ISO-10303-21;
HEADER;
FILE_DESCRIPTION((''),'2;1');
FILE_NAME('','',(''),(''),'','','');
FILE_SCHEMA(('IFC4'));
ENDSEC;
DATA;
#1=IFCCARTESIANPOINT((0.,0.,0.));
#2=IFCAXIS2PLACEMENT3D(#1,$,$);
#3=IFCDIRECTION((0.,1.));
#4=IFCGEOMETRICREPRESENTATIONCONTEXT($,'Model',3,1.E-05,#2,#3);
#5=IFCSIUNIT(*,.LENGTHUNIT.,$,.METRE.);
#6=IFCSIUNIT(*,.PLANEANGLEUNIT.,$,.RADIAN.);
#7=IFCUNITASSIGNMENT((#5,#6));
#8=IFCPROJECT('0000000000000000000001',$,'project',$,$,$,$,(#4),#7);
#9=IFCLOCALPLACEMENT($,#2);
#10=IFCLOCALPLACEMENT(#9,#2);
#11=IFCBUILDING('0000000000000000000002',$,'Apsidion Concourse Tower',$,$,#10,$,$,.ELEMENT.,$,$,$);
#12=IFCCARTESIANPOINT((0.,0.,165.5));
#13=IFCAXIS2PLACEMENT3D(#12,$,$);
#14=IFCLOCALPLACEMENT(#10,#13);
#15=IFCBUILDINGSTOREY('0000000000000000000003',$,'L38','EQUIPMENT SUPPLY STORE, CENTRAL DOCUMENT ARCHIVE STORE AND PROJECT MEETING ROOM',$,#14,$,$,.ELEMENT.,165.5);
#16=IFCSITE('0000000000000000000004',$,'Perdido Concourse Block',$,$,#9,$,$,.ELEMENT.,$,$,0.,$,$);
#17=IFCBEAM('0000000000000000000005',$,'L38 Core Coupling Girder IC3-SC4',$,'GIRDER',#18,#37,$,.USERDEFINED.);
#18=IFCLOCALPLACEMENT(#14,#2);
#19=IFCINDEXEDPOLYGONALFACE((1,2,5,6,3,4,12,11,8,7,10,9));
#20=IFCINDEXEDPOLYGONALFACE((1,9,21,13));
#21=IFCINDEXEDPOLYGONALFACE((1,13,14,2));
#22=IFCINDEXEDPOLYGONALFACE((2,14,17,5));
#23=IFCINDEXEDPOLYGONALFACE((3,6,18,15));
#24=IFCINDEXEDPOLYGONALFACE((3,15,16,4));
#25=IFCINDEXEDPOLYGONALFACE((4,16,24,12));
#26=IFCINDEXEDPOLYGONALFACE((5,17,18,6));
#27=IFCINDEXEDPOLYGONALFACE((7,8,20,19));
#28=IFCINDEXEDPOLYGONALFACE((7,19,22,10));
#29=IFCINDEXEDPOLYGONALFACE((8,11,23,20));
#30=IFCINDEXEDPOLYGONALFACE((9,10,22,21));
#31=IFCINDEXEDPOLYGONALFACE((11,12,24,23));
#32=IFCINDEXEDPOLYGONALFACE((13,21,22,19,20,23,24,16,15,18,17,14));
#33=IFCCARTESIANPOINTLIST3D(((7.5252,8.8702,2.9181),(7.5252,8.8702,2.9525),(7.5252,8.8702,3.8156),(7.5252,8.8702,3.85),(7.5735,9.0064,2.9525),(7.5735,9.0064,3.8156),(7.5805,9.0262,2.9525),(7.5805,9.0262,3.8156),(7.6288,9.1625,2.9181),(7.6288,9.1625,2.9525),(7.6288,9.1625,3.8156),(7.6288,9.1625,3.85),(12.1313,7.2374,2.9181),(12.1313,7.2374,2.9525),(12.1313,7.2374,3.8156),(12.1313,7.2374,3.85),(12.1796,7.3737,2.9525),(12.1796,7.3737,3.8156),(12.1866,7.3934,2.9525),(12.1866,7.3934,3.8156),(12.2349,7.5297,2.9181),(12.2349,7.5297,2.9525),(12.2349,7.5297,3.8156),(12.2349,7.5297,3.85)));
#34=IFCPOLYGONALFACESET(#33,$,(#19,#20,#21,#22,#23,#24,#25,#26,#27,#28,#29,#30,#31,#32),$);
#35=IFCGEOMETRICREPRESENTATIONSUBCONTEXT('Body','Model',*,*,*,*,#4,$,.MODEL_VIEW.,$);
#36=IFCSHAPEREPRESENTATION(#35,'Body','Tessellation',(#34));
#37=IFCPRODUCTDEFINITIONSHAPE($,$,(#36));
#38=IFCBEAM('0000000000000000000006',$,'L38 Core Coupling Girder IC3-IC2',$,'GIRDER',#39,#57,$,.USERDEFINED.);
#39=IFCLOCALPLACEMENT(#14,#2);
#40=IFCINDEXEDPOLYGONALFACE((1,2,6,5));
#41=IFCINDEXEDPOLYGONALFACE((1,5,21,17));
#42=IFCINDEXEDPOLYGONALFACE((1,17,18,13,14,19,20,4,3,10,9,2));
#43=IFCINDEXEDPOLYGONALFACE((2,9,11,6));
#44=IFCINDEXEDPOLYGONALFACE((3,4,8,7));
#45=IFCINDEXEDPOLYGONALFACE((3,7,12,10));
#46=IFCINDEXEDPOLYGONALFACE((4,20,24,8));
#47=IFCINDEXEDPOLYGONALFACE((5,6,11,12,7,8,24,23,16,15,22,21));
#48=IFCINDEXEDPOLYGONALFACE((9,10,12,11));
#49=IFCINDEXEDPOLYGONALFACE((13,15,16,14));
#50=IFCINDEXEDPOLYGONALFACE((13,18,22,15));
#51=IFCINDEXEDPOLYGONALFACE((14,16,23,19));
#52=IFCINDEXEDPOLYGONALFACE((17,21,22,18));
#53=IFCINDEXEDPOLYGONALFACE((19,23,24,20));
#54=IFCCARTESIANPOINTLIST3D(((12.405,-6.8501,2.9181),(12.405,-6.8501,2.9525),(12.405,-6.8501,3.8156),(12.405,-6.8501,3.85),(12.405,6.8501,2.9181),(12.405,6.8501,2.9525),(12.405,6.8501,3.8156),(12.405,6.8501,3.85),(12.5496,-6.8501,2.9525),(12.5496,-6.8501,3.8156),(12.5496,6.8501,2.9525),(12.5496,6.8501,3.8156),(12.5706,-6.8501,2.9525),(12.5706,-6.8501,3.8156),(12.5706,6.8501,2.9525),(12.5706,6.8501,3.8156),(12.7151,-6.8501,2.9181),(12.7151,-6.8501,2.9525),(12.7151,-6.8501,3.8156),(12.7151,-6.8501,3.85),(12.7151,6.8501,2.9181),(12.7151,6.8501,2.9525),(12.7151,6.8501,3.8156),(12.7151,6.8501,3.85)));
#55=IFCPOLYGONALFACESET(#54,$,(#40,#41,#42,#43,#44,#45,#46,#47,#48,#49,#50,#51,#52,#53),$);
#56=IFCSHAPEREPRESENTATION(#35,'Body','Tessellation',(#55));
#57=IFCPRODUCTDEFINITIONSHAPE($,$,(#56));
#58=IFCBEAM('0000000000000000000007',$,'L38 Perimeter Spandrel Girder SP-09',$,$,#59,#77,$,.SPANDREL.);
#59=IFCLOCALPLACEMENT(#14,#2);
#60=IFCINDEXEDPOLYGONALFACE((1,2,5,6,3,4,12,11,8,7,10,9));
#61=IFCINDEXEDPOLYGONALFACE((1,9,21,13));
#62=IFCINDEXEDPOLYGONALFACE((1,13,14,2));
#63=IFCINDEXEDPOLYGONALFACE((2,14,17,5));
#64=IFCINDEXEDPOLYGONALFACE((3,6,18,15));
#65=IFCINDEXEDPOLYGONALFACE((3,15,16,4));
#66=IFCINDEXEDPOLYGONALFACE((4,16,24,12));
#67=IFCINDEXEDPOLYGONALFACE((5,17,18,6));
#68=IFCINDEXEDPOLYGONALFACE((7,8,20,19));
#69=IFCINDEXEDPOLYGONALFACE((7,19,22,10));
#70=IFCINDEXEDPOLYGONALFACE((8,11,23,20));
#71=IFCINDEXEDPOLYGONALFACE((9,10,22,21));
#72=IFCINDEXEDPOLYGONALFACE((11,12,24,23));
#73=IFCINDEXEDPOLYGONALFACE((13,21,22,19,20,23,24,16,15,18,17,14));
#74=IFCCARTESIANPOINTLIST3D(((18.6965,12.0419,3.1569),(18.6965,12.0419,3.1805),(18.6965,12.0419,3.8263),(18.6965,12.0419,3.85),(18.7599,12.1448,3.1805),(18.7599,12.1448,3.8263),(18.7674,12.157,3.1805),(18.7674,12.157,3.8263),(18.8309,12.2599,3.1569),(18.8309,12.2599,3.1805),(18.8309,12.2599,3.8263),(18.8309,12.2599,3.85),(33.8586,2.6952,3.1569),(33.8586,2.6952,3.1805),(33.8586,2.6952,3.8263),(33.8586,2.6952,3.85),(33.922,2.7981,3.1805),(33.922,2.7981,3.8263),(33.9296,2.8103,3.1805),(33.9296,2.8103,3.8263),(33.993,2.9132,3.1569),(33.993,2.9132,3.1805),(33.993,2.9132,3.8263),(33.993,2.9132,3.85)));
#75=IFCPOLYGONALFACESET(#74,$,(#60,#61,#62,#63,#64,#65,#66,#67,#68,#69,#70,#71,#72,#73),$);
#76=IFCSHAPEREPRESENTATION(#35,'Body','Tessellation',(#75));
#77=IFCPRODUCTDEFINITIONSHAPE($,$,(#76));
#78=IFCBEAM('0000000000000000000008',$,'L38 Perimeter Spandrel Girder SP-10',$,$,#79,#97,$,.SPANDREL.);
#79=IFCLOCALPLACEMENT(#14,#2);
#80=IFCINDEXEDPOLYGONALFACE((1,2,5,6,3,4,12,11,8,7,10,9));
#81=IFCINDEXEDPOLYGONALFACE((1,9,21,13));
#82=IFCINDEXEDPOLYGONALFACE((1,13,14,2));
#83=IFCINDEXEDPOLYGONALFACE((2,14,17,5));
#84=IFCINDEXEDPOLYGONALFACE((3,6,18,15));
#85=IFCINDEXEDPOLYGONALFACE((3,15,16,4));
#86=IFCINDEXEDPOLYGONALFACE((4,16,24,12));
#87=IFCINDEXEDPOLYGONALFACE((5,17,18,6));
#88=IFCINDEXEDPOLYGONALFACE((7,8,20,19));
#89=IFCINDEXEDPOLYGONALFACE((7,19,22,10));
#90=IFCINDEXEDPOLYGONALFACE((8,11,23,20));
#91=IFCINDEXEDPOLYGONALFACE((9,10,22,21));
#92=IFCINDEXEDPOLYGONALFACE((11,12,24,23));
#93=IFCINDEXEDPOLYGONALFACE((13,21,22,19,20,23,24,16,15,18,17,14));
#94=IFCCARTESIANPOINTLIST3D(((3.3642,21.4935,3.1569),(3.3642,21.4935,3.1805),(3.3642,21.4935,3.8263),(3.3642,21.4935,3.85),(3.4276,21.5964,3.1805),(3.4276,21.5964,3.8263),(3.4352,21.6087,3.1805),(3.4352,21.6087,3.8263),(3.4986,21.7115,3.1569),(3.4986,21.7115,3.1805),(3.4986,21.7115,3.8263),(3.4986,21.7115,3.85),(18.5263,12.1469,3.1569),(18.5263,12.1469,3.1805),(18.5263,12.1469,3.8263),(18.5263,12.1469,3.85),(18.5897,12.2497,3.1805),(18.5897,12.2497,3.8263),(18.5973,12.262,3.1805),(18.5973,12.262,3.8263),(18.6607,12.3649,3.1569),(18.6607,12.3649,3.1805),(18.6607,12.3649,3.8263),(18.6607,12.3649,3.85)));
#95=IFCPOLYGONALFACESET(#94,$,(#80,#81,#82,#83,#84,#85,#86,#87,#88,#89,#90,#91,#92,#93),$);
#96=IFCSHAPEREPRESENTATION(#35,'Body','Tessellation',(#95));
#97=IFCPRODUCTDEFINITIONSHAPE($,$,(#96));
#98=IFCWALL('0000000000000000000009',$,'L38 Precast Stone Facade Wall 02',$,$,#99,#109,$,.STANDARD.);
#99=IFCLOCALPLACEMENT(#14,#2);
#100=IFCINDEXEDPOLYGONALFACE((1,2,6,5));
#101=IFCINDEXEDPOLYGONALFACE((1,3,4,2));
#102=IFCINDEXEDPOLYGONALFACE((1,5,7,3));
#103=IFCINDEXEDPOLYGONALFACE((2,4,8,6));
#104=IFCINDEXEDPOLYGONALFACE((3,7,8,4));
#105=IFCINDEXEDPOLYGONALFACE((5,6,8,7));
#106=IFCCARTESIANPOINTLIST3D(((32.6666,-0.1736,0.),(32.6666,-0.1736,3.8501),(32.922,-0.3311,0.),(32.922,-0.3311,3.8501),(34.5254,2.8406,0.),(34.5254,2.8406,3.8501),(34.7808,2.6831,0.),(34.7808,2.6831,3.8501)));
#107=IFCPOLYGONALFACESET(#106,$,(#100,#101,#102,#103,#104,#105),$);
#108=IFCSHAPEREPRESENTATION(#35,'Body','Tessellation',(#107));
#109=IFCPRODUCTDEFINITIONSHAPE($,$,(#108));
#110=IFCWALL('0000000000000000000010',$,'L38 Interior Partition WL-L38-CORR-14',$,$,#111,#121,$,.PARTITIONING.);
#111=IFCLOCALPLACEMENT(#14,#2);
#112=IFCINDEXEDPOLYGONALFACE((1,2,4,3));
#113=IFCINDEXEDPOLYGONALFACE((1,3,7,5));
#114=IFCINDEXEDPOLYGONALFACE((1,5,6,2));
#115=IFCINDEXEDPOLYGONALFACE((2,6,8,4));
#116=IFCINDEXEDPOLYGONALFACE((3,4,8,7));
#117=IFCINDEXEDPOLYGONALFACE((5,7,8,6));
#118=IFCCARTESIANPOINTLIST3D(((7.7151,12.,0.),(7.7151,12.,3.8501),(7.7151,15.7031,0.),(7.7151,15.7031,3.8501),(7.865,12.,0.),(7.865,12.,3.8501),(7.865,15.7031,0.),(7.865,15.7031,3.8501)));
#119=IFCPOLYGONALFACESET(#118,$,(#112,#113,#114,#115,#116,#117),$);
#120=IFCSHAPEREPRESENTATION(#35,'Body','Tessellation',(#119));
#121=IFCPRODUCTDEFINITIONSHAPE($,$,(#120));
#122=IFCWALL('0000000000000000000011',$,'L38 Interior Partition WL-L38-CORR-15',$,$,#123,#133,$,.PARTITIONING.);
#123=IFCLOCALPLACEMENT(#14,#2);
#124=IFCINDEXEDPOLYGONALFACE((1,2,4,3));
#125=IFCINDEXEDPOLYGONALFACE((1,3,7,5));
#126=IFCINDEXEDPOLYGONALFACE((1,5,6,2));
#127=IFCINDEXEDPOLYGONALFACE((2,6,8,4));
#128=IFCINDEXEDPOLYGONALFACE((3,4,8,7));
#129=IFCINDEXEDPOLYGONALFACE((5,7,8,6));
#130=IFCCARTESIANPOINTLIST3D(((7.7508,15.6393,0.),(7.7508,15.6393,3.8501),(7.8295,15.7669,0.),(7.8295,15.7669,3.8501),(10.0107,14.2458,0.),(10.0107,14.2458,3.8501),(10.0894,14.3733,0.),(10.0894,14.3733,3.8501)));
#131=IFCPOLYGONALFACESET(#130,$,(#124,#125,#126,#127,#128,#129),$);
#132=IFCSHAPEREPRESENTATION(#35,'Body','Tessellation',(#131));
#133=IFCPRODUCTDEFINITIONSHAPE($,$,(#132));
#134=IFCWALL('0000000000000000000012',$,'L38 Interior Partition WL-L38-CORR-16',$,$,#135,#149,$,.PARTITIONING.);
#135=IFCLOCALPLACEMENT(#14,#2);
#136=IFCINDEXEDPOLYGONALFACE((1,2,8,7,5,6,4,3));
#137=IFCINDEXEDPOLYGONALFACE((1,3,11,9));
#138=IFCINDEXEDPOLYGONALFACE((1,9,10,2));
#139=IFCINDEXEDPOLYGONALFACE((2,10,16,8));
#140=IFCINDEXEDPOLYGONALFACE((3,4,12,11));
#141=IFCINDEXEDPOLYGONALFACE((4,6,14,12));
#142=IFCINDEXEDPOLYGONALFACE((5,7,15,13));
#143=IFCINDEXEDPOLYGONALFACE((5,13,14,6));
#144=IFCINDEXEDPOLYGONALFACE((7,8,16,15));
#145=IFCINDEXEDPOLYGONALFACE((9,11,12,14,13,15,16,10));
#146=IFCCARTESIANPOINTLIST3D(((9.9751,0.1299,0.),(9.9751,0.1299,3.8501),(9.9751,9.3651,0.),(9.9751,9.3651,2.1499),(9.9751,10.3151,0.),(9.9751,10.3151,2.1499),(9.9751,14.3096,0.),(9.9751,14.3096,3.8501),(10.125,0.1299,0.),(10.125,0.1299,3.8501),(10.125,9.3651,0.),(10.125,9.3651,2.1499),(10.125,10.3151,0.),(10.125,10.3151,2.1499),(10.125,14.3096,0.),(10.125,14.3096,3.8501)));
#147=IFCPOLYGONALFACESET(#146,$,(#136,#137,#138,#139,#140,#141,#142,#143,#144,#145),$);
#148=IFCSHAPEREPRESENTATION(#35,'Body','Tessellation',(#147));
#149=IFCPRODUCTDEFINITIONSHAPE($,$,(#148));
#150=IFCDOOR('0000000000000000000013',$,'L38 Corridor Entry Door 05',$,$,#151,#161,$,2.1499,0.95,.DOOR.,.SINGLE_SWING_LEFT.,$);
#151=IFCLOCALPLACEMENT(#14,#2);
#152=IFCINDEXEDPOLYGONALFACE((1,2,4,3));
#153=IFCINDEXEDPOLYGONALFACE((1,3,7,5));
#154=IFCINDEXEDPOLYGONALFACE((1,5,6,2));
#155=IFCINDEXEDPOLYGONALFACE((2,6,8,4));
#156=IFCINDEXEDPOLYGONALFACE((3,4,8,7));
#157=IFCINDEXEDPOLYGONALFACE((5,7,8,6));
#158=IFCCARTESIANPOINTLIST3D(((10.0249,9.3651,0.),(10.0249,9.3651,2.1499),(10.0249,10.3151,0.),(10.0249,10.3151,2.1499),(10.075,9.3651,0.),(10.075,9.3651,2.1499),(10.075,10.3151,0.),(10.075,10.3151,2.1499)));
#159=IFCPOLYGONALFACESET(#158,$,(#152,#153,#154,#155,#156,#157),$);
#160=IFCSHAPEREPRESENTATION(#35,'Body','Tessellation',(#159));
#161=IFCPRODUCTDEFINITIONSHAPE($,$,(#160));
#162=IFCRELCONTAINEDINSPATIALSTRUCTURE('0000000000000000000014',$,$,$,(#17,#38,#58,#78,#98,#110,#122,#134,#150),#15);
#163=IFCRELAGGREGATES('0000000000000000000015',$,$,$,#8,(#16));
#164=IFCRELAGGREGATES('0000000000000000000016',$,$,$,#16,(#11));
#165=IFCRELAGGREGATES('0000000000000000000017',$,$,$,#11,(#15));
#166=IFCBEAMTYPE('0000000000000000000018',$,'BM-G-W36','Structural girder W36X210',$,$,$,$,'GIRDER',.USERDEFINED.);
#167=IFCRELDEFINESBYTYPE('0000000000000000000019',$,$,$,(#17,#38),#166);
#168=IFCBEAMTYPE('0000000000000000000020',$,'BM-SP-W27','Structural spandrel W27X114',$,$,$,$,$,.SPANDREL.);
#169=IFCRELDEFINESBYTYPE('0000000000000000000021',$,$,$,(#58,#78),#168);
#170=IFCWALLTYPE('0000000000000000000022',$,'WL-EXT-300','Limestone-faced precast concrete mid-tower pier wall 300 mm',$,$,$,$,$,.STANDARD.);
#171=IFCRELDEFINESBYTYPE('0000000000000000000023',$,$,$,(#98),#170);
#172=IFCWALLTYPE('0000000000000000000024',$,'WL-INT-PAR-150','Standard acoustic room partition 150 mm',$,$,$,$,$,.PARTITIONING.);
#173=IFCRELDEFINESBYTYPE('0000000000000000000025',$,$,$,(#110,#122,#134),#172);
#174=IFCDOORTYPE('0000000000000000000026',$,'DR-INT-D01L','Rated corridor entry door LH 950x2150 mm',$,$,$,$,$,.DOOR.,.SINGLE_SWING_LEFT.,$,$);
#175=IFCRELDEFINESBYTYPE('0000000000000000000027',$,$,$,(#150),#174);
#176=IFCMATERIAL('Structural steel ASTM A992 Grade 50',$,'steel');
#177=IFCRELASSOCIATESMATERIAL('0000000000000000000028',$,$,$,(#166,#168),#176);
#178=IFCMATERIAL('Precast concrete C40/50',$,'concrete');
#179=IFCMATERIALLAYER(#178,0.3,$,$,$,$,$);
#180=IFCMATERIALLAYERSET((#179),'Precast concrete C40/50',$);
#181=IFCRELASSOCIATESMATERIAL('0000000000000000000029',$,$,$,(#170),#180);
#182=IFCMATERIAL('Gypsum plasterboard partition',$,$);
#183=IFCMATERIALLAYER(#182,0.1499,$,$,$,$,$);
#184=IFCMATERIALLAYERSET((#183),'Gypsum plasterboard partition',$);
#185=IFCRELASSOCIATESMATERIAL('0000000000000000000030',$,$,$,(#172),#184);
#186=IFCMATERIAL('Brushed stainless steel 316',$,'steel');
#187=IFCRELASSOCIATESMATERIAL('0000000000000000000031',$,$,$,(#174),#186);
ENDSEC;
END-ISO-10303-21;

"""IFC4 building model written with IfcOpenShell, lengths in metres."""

from ifc_helpers import new_model, si_unit, direction, frame, frame_2d, origin, origin_2d, place, context, subcontext, project, spatial, rectangle, i_section, extrude, material, layer, layer_set, material_profile, profile_set, type_object, element, fill, save


model = new_model("IFC4")

# Units and contexts
model_context = context("Model", 3, precision=1e-05, world=origin(), true_north=direction((0.0, 1.0)))
body_context = subcontext(model_context, "Body", "Model", "MODEL_VIEW")
ifc_project = project(units=[si_unit("LENGTHUNIT", "METRE"), si_unit("PLANEANGLEUNIT", "RADIAN")], contexts=[model_context])

# Site, building, storey
site_placement = place(None, origin())
site = spatial("IfcSite", under=ifc_project, at=site_placement, Name="Perdido Concourse Block", CompositionType="ELEMENT", RefElevation=0.0)
building_placement = place(site_placement, origin())
building = spatial("IfcBuilding", under=site, at=building_placement, Name="Apsidion Concourse Tower", CompositionType="ELEMENT")
storey_placement = place(building_placement, frame((0.0, 0.0, 165.5)))
storey = spatial("IfcBuildingStorey", under=building, at=storey_placement, Name="L38", Description="EQUIPMENT SUPPLY STORE, CENTRAL DOCUMENT ARCHIVE STORE AND PROJECT MEETING ROOM", CompositionType="ELEMENT", Elevation=165.5)

# Shared definitions
ifc_material_1 = material(Name="Structural steel ASTM A992 Grade 50", Category="steel")

# Beams
ifc_material_profile_1 = material_profile(ifc_material_1, i_section(OverallWidth=0.3101, OverallDepth=0.9319, WebThickness=0.021, FlangeThickness=0.0344, at=origin_2d()), Name="W36X210")
ifc_profile_set_1 = profile_set([ifc_material_profile_1], Name="Structural steel ASTM A992 Grade 50")
beam_type_1 = type_object("IfcBeamType", Name="BM-G-W36", Description="Structural girder W36X210", ElementType="GIRDER", PredefinedType="USERDEFINED", material=ifc_profile_set_1)
beam_1_placement = place(storey_placement, frame((12.1831, 7.3835, 3.384), z_axis=(-0.942534, 0.334111, 0.0), x_axis=(-0.334111, -0.942534, 0.0)))
element("IfcBeam", 1, at=beam_1_placement, inside=storey, type_object=beam_type_1, Name="L38 Core Coupling Girder IC3-SC4", ObjectType="GIRDER", PredefinedType="USERDEFINED", context=body_context, shape_type="SweptSolid", body=[
    extrude(i_section(OverallWidth=0.3101, OverallDepth=0.9319, WebThickness=0.021, FlangeThickness=0.0344, at=origin_2d()), origin(), (0.0, 0.0, 1.0), 4.887),
])
beam_2_placement = place(storey_placement, frame((12.5601, 6.8501, 3.384), z_axis=(0.0, -1.0, 0.0), x_axis=(1.0, 0.0, 0.0)))
element("IfcBeam", 2, at=beam_2_placement, inside=storey, type_object=beam_type_1, Name="L38 Core Coupling Girder IC3-IC2", ObjectType="GIRDER", PredefinedType="USERDEFINED", context=body_context, shape_type="SweptSolid", body=[
    extrude(i_section(OverallWidth=0.3101, OverallDepth=0.9319, WebThickness=0.021, FlangeThickness=0.0344, at=origin_2d()), origin(), (0.0, 0.0, 1.0), 13.7002),
])
ifc_material_profile_2 = material_profile(ifc_material_1, i_section(OverallWidth=0.2561, OverallDepth=0.6931, WebThickness=0.0144, FlangeThickness=0.0237, at=origin_2d()), Name="W27X114")
ifc_profile_set_2 = profile_set([ifc_material_profile_2], Name="Structural steel ASTM A992 Grade 50")
beam_type_2 = type_object("IfcBeamType", Name="BM-SP-W27", Description="Structural spandrel W27X114", PredefinedType="SPANDREL", material=ifc_profile_set_2)
for number, where, z_axis, x_axis, name in (
    (3, (33.9258, 2.8042, 3.5034), (-0.851253, 0.524755, 0.0), (-0.524755, -0.851253, 0.0), "L38 Perimeter Spandrel Girder SP-09"),
    (4, (18.5935, 12.2559, 3.5034), (-0.851253, 0.524755, 0.0), (-0.524755, -0.851253, 0.0), "L38 Perimeter Spandrel Girder SP-10"),
):
    element("IfcBeam", number, at=place(storey_placement, frame(where, z_axis=z_axis, x_axis=x_axis)), inside=storey, type_object=beam_type_2, Name=name, PredefinedType="SPANDREL", context=body_context, shape_type="SweptSolid", body=[
        extrude(i_section(OverallWidth=0.2561, OverallDepth=0.6931, WebThickness=0.0144, FlangeThickness=0.0237, at=origin_2d()), origin(), (0.0, 0.0, 1.0), 17.8115),
    ])

# Walls
ifc_material_2 = material(Name="Precast concrete C40/50", Category="concrete")
ifc_layer_1 = layer(ifc_material_2, 0.3)
ifc_layer_set_1 = layer_set([ifc_layer_1], Name="Precast concrete C40/50")
wall_type_1 = type_object("IfcWallType", Name="WL-EXT-300", Description="Limestone-faced precast concrete mid-tower pier wall 300 mm", PredefinedType="STANDARD", material=ifc_layer_set_1)
wall_1_placement = place(storey_placement, frame((34.6531, 2.7617, 0.0), z_axis=(0.0, 0.0, 1.0), x_axis=(-0.52492, -0.851151, 0.0)))
element("IfcWall", 5, at=wall_1_placement, inside=storey, type_object=wall_type_1, Name="L38 Precast Stone Facade Wall 02", PredefinedType="STANDARD", context=body_context, shape_type="SweptSolid", body=[
    extrude(rectangle(XDim=3.5413, YDim=0.3, at=frame_2d((1.7705, 0.0))), origin(), (0.0, 0.0, 1.0), 3.8501),
])
ifc_material_3 = material(Name="Gypsum plasterboard partition")
ifc_layer_2 = layer(ifc_material_3, 0.1499)
ifc_layer_set_2 = layer_set([ifc_layer_2], Name="Gypsum plasterboard partition")
wall_type_2 = type_object("IfcWallType", Name="WL-INT-PAR-150", Description="Standard acoustic room partition 150 mm", PredefinedType="PARTITIONING", material=ifc_layer_set_2)
wall_2_placement = place(storey_placement, frame((7.79, 12.0, 0.0), z_axis=(0.0, 0.0, 1.0), x_axis=(0.0, 1.0, 0.0)))
element("IfcWall", 6, at=wall_2_placement, inside=storey, type_object=wall_type_2, Name="L38 Interior Partition WL-L38-CORR-14", PredefinedType="PARTITIONING", context=body_context, shape_type="SweptSolid", body=[
    extrude(rectangle(XDim=3.7031, YDim=0.1499, at=frame_2d((1.8516, 0.0))), origin(), (0.0, 0.0, 1.0), 3.8501),
])
wall_3_placement = place(storey_placement, frame((7.79, 15.7031, 0.0), z_axis=(0.0, 0.0, 1.0), x_axis=(0.851191, -0.524857, 0.0)))
element("IfcWall", 7, at=wall_3_placement, inside=storey, type_object=wall_type_2, Name="L38 Interior Partition WL-L38-CORR-15", PredefinedType="PARTITIONING", context=body_context, shape_type="SweptSolid", body=[
    extrude(rectangle(XDim=2.655, YDim=0.1499, at=frame_2d((1.3276, 0.0))), origin(), (0.0, 0.0, 1.0), 3.8501),
])

# Wall, opening, door
wall_4_placement = place(storey_placement, frame((10.05, 14.3096, 0.0), z_axis=(0.0, 0.0, 1.0), x_axis=(0.0, -1.0, 0.0)))
wall_4 = element("IfcWall", 8, at=wall_4_placement, inside=storey, type_object=wall_type_2, Name="L38 Interior Partition WL-L38-CORR-16", PredefinedType="PARTITIONING", context=body_context, shape_type="SweptSolid", body=[
    extrude(rectangle(XDim=14.1797, YDim=0.1499, at=frame_2d((7.0898, 0.0))), origin(), (0.0, 0.0, 1.0), 3.8501),
])
opening_1_placement = place(wall_4_placement, frame((3.9944, 0.0, 0.0)))
opening_1 = element("IfcOpeningElement", 9, at=opening_1_placement, cuts=wall_4, PredefinedType="OPENING", context=body_context, shape_type="SweptSolid", body=[
    extrude(rectangle(XDim=0.95, YDim=2.1499, at=frame_2d((0.4751, 1.075))), frame((0.0, 0.085, 0.0), z_axis=(0.0, -1.0, 0.0), x_axis=(1.0, 0.0, 0.0)), (0.0, 0.0, 1.0), 0.1699),
])
ifc_material_4 = material(Name="Brushed stainless steel 316", Category="steel")
door_type_1 = type_object("IfcDoorType", Name="DR-INT-D01L", Description="Rated corridor entry door LH 950x2150 mm", OperationType="SINGLE_SWING_LEFT", PredefinedType="DOOR", material=ifc_material_4)
door_1_placement = place(opening_1_placement, origin())
door_1 = element("IfcDoor", 10, at=door_1_placement, inside=storey, type_object=door_type_1, Name="L38 Corridor Entry Door 05", OperationType="SINGLE_SWING_LEFT", OverallHeight=2.1499, OverallWidth=0.95, PredefinedType="DOOR", context=body_context, shape_type="SweptSolid", body=[
    extrude(rectangle(XDim=0.95, YDim=2.1499, at=frame_2d((0.4751, 1.075))), frame((0.0, 0.0249, 0.0), z_axis=(0.0, -1.0, 0.0), x_axis=(1.0, 0.0, 0.0)), (0.0, 0.0, 1.0), 0.05),
])
fill(opening_1, door_1)

save(model, "model.ifc")
